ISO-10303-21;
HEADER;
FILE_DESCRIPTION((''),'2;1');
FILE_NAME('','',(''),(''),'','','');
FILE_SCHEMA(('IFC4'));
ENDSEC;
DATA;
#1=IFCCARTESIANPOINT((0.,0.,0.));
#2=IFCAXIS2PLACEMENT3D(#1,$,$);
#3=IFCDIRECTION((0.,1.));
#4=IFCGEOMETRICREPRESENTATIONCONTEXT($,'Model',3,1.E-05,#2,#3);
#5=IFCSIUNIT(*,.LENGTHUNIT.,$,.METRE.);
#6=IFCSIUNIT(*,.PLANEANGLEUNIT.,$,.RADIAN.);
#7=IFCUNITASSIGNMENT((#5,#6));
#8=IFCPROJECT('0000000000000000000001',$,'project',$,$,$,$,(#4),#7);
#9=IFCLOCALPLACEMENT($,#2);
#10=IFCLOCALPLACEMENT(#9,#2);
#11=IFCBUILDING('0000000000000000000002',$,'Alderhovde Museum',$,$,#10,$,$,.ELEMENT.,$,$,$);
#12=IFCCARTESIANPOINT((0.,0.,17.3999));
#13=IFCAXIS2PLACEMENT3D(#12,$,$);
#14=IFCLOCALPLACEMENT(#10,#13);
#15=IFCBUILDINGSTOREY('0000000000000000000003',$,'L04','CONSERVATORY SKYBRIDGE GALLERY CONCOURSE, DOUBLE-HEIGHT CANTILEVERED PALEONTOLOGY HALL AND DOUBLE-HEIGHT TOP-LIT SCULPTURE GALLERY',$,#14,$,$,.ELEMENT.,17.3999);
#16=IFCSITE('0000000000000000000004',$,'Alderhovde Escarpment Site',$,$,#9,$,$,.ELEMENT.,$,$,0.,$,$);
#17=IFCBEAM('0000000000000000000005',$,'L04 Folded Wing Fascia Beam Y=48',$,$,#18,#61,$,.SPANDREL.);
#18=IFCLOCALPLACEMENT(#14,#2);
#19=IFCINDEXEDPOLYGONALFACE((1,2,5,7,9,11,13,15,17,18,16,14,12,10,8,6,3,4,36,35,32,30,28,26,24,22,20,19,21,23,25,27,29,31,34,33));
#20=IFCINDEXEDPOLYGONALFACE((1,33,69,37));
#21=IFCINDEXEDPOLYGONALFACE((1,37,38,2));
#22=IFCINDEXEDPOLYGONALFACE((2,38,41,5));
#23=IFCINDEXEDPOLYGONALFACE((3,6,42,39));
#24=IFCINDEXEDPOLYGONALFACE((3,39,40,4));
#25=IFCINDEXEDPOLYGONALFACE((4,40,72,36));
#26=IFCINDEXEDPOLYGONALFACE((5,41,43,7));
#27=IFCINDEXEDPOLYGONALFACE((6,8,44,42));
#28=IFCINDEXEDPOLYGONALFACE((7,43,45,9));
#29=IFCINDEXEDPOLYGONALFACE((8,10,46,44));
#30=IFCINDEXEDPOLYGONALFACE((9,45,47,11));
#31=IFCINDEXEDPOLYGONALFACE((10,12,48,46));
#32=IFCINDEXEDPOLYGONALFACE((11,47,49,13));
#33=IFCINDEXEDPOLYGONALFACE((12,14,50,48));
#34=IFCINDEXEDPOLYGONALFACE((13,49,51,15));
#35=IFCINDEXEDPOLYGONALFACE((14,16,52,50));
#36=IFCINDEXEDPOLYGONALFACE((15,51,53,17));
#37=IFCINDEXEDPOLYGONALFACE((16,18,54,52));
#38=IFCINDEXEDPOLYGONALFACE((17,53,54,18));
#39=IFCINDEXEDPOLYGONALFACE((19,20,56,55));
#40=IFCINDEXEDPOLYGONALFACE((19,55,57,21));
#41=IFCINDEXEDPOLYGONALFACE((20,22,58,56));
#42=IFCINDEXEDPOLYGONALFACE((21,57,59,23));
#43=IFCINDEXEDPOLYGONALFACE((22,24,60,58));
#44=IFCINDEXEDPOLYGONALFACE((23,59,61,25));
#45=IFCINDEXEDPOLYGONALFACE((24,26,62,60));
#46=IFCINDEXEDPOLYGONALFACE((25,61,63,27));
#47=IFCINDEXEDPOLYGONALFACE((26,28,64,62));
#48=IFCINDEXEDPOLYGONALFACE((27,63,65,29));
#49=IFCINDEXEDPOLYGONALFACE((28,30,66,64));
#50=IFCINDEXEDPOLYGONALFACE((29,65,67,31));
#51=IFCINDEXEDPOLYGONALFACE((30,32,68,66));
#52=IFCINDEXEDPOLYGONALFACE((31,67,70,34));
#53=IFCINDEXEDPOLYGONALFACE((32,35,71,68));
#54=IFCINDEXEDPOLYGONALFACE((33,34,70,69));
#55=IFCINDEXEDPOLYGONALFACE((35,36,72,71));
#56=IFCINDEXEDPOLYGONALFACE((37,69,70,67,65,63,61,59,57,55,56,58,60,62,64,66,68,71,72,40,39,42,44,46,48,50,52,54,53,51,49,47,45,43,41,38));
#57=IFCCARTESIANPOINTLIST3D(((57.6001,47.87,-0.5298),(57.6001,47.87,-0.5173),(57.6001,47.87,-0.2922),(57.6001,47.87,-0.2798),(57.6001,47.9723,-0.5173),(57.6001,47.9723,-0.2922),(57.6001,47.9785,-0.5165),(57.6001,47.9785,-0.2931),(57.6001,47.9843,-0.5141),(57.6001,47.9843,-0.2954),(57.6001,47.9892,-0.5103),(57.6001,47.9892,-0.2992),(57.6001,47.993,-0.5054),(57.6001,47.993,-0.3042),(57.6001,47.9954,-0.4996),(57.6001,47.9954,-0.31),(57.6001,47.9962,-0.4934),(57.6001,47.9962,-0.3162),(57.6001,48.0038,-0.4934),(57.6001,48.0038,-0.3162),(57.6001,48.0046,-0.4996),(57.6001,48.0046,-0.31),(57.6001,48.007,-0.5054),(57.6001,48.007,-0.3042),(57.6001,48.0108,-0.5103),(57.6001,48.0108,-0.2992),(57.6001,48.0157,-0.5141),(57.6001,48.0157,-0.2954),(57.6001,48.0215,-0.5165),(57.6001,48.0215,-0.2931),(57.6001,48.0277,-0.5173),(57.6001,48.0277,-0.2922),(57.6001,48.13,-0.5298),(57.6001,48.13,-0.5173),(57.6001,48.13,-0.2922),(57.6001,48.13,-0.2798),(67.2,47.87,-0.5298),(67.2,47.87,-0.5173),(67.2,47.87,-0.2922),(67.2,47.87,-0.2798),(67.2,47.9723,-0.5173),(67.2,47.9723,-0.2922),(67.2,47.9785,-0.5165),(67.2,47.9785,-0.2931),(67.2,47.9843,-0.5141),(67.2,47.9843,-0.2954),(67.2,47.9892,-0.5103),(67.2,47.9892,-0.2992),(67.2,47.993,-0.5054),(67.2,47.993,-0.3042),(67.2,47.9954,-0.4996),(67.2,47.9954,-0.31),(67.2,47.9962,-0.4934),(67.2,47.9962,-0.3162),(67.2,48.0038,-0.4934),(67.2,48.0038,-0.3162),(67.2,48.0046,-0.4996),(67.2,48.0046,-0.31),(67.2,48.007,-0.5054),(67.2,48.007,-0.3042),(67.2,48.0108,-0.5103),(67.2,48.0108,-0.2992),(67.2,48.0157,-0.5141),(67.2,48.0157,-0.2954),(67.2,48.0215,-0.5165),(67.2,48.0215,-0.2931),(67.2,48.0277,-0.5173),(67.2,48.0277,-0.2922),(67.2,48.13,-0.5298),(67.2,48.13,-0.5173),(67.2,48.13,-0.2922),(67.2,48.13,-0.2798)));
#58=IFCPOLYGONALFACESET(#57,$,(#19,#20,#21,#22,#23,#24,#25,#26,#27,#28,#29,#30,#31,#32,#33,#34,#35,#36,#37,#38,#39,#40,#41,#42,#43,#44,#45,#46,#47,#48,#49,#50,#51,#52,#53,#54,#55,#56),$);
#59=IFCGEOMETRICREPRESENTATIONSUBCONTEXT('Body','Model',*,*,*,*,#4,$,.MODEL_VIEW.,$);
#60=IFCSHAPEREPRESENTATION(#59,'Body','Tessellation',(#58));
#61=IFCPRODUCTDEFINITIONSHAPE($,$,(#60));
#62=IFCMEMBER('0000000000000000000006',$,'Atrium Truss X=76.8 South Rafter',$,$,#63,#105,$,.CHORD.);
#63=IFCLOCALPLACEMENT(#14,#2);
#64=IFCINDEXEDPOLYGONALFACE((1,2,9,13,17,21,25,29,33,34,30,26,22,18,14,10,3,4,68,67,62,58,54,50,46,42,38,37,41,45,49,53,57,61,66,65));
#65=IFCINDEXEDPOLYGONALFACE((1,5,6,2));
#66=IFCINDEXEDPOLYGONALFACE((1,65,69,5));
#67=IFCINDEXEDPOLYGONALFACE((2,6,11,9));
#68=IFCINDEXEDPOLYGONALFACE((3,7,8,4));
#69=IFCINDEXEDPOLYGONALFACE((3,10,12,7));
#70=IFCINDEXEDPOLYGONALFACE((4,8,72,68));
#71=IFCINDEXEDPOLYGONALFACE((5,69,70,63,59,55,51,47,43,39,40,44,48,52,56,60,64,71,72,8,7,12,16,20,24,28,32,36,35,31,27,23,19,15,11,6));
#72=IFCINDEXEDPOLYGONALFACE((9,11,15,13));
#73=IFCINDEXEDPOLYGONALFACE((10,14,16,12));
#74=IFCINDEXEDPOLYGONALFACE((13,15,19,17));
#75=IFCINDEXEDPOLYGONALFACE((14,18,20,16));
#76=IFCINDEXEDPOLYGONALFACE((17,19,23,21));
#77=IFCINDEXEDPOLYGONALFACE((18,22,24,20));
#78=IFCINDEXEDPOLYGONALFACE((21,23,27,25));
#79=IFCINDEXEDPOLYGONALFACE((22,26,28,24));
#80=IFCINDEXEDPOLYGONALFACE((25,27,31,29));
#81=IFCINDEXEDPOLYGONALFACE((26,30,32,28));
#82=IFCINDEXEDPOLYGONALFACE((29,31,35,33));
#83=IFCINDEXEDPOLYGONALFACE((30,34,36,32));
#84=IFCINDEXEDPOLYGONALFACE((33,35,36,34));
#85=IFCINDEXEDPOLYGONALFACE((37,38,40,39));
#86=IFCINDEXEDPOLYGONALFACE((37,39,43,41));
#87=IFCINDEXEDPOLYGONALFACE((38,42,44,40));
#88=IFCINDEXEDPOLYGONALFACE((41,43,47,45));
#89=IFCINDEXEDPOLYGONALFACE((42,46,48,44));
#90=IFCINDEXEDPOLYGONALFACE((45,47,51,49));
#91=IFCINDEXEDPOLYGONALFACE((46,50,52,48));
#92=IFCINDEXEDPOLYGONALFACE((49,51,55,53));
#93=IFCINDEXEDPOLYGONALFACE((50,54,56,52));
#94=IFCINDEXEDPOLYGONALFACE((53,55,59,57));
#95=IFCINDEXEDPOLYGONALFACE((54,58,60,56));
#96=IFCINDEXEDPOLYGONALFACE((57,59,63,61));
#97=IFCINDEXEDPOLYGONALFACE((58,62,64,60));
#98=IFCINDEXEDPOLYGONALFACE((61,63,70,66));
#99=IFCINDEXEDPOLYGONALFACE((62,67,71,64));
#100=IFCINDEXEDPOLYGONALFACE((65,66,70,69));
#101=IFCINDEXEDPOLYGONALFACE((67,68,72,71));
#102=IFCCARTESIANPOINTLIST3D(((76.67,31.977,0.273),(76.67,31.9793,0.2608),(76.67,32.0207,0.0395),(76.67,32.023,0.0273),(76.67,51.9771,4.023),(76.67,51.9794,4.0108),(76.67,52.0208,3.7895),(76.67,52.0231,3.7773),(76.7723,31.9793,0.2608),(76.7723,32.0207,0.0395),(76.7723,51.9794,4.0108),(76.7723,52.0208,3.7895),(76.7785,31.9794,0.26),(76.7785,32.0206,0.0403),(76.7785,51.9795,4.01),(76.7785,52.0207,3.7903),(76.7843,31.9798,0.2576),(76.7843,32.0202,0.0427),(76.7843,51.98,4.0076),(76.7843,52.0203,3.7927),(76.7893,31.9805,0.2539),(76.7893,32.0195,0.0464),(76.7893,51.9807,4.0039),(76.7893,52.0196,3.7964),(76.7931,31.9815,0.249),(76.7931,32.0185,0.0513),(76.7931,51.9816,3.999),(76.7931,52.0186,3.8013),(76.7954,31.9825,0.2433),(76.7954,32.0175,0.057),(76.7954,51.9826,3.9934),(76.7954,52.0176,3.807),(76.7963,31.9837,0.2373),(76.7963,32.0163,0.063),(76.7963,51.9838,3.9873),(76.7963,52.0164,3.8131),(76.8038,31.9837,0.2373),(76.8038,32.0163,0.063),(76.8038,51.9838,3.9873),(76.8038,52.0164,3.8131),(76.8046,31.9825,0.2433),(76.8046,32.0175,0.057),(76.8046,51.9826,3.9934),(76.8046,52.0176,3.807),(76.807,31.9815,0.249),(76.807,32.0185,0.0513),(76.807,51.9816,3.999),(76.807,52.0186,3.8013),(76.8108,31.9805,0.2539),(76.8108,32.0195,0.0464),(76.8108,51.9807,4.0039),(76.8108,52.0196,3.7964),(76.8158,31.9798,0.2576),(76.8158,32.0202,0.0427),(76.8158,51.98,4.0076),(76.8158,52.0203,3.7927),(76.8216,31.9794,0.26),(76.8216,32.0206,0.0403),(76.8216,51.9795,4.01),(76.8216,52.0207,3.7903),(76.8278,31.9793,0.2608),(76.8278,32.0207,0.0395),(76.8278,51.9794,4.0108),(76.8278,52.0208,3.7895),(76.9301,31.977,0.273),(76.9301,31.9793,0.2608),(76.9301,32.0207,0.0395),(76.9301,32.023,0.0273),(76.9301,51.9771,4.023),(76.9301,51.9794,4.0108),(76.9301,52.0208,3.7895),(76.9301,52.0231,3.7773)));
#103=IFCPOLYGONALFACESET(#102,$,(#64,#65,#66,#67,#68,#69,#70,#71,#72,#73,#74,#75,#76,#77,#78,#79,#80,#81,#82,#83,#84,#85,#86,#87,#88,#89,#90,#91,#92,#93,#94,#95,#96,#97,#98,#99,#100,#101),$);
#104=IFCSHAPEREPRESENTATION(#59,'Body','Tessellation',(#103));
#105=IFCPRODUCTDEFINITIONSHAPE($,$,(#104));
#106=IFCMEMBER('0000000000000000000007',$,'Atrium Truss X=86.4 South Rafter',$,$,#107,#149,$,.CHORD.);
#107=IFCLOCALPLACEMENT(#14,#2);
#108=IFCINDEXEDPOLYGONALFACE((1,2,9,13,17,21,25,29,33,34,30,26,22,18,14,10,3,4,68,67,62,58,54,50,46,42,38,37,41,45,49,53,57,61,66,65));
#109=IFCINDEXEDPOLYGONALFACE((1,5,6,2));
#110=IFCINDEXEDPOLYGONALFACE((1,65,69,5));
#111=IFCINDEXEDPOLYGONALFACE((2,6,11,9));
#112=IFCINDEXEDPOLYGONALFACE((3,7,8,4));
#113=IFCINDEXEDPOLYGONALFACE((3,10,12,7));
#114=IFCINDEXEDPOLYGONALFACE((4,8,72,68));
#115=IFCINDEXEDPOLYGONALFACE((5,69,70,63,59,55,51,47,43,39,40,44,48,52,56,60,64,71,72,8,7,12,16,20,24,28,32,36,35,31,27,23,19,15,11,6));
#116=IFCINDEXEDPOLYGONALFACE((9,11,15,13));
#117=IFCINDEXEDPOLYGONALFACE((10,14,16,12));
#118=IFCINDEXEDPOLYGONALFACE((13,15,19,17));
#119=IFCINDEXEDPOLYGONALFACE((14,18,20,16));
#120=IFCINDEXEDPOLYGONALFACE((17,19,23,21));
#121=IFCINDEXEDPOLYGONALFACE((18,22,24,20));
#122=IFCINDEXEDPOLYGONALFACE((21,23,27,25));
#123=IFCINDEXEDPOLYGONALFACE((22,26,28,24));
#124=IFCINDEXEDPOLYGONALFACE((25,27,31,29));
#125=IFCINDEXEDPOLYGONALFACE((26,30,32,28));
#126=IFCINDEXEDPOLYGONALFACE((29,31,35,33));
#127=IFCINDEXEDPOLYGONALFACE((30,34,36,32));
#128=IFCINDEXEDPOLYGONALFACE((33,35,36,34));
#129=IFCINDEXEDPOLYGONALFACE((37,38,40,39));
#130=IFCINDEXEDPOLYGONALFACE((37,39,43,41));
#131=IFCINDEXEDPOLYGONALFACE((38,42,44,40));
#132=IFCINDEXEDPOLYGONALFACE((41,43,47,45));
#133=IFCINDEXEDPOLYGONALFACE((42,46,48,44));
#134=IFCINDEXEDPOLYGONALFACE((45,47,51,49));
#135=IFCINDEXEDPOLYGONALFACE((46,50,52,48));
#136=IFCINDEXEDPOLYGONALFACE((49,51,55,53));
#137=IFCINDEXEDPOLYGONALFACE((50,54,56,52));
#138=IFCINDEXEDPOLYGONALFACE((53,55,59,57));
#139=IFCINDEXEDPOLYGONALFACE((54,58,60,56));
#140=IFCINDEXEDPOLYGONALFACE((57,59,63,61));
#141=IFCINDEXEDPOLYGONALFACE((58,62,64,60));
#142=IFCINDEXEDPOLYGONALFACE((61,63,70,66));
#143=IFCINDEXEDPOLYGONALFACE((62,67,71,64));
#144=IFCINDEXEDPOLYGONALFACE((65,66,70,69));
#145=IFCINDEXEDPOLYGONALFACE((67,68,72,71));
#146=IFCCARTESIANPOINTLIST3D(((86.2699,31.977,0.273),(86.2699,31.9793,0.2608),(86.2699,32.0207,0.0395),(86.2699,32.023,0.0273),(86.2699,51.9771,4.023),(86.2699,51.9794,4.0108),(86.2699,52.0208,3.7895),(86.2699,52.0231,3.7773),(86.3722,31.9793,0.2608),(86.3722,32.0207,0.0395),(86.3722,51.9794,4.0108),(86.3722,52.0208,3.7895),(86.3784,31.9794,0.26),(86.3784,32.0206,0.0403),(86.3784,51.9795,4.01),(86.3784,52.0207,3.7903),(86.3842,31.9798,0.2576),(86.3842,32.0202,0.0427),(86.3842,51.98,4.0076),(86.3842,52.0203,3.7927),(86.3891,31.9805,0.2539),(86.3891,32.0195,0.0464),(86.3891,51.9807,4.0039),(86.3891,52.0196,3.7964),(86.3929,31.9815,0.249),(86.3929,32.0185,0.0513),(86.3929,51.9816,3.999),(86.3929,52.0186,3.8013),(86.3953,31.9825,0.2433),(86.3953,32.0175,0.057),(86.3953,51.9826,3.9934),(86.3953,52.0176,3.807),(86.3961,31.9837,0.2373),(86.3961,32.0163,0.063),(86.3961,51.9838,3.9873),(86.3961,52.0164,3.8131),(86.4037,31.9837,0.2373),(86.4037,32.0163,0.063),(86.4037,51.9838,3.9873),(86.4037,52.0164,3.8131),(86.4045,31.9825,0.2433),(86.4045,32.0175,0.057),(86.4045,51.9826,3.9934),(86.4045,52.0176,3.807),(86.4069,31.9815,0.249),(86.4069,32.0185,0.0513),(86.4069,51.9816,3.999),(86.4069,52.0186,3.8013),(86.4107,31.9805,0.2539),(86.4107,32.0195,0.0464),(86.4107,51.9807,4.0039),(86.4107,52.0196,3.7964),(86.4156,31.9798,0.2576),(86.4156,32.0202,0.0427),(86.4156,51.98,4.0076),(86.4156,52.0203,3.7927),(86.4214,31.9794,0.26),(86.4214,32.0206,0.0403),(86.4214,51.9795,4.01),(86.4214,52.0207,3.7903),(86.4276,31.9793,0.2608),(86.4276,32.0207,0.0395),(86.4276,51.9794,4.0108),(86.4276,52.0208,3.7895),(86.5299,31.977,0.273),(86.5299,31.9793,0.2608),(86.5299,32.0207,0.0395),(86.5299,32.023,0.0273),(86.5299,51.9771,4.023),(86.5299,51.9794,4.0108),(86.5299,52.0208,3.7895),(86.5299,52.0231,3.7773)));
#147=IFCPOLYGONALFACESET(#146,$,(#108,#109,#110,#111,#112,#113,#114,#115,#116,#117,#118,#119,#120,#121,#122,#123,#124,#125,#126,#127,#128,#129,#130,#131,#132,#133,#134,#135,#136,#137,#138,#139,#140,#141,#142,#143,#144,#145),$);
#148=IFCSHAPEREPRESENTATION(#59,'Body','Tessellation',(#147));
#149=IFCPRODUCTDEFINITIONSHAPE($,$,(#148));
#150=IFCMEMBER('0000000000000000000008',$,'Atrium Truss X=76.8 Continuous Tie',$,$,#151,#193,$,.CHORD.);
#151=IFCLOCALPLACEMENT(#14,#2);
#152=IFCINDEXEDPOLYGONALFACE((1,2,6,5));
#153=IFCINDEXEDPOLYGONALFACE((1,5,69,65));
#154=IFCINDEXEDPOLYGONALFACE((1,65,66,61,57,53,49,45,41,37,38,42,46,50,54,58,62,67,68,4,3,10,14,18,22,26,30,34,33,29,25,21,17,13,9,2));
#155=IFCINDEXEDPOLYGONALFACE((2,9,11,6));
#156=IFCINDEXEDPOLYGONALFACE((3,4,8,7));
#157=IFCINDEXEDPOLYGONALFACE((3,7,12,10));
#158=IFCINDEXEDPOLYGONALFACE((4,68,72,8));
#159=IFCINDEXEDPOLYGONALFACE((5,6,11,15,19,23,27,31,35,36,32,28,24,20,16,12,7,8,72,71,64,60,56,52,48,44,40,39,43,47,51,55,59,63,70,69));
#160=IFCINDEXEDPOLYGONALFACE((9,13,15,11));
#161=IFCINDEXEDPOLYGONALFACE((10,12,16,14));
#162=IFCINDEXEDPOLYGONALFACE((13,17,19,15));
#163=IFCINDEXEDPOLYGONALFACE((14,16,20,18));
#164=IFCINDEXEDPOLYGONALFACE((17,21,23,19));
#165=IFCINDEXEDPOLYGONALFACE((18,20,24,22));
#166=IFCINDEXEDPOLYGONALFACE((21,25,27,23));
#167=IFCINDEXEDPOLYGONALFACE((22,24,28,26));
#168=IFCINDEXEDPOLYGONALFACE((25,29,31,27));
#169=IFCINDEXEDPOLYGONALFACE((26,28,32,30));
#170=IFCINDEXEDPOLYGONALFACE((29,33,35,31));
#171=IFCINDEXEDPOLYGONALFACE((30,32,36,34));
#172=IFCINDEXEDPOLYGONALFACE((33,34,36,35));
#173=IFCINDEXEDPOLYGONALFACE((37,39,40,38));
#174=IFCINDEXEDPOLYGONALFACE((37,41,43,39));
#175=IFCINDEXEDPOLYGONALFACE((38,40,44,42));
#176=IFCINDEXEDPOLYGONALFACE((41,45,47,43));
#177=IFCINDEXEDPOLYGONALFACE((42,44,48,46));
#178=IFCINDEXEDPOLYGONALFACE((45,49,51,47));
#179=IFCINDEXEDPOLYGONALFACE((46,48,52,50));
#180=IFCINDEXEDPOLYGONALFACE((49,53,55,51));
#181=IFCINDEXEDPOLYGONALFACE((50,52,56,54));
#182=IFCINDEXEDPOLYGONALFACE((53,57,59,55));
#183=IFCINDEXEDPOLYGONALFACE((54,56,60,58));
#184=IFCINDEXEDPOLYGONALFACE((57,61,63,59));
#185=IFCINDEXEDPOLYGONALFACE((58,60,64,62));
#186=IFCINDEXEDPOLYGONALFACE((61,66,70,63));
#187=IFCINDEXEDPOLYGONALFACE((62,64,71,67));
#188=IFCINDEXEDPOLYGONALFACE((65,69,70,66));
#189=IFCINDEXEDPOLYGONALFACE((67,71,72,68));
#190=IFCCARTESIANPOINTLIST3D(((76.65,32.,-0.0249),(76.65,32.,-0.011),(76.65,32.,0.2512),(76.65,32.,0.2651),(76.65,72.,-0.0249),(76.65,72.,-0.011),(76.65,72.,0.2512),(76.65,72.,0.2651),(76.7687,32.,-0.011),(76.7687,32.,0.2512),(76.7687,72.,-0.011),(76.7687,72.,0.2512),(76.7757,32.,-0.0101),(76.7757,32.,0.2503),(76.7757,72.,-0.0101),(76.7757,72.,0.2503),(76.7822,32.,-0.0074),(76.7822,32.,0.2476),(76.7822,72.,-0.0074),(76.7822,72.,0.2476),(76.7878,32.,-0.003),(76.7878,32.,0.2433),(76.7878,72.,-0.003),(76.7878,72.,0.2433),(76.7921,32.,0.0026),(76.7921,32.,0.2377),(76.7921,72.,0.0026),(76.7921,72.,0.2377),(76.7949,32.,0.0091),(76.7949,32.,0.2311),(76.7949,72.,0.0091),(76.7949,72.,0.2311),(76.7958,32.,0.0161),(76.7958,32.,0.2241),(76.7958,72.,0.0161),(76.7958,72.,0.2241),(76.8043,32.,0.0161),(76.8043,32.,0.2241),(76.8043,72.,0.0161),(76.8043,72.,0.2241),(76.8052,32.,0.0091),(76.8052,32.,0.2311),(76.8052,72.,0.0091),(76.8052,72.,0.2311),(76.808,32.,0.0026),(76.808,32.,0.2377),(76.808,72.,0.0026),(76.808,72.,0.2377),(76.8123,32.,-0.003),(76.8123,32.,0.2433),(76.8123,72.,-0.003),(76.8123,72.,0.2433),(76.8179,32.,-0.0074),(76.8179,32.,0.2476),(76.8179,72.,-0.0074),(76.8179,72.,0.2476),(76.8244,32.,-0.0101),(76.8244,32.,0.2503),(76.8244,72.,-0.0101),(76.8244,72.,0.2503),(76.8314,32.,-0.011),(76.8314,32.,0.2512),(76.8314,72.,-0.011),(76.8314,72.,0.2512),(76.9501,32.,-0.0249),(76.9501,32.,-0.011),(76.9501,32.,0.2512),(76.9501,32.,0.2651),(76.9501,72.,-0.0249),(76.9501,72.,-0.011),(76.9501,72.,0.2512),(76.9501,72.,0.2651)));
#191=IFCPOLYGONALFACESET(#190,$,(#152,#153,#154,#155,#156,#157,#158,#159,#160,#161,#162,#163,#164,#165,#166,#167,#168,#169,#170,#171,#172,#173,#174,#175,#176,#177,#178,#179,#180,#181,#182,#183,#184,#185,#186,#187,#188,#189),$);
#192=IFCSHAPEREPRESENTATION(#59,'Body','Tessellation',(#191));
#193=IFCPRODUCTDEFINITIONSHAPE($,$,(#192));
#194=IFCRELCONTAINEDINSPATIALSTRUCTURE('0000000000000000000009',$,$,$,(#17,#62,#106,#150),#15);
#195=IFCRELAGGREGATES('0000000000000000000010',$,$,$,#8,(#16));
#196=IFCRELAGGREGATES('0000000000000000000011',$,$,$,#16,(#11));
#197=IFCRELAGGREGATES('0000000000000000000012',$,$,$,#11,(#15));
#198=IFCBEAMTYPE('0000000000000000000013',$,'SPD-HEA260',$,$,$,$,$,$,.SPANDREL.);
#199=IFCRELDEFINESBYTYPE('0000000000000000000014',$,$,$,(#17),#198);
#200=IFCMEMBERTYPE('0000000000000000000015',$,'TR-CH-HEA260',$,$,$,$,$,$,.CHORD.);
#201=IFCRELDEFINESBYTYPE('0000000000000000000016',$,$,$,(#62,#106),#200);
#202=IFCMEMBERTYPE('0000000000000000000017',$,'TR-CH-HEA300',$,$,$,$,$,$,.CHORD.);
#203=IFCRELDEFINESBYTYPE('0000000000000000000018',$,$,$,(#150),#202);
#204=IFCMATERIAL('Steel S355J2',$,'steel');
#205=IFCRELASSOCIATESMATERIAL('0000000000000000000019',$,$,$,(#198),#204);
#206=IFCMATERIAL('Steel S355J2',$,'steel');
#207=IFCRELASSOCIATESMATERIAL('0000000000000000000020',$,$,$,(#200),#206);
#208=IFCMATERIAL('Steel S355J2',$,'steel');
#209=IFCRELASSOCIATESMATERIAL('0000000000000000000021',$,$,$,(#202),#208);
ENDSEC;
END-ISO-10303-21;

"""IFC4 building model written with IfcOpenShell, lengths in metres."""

from ifc_helpers import new_model, si_unit, direction, frame, origin, origin_2d, place, context, subcontext, project, spatial, i_section, extrude, material, material_profile, profile_set, type_object, element, save


model = new_model("IFC4")

# Units and contexts
model_context = context("Model", 3, precision=1e-05, world=origin(), true_north=direction((0.0, 1.0)))
body_context = subcontext(model_context, "Body", "Model", "MODEL_VIEW")
ifc_project = project(units=[si_unit("LENGTHUNIT", "METRE"), si_unit("PLANEANGLEUNIT", "RADIAN")], contexts=[model_context])

# Site, building, storey
site_placement = place(None, origin())
site = spatial("IfcSite", under=ifc_project, at=site_placement, Name="Alderhovde Escarpment Site", CompositionType="ELEMENT", RefElevation=0.0)
building_placement = place(site_placement, origin())
building = spatial("IfcBuilding", under=site, at=building_placement, Name="Alderhovde Museum", CompositionType="ELEMENT")
storey_placement = place(building_placement, frame((0.0, 0.0, 17.3999)))
storey = spatial("IfcBuildingStorey", under=building, at=storey_placement, Name="L04", Description="CONSERVATORY SKYBRIDGE GALLERY CONCOURSE, DOUBLE-HEIGHT CANTILEVERED PALEONTOLOGY HALL AND DOUBLE-HEIGHT TOP-LIT SCULPTURE GALLERY", CompositionType="ELEMENT", Elevation=17.3999)

# Beam
ifc_material_1 = material(Name="Steel S355J2", Category="steel")
ifc_material_profile_1 = material_profile(ifc_material_1, i_section(OverallWidth=0.26, OverallDepth=0.25, WebThickness=0.0076, FlangeThickness=0.0125, FilletRadius=0.0239, at=origin_2d()), Name="HEA 260")
ifc_profile_set_1 = profile_set([ifc_material_profile_1], Name="Steel S355J2")
beam_type = type_object("IfcBeamType", Name="SPD-HEA260", PredefinedType="SPANDREL", material=ifc_profile_set_1)
beam_placement = place(storey_placement, frame((57.6001, 48.0, -0.4048), z_axis=(1.0, 0.0, 0.0), x_axis=(0.0, 1.0, 0.0)))
element("IfcBeam", 1, at=beam_placement, inside=storey, type_object=beam_type, Name="L04 Folded Wing Fascia Beam Y=48", PredefinedType="SPANDREL", context=body_context, shape_type="SweptSolid", body=[
    extrude(i_section(OverallWidth=0.26, OverallDepth=0.25, WebThickness=0.0076, FlangeThickness=0.0125, FilletRadius=0.0239, at=origin_2d()), origin(), (0.0, 0.0, 1.0), 9.5999),
])

# Members
ifc_material_2 = material(Name="Steel S355J2", Category="steel")
ifc_material_profile_2 = material_profile(ifc_material_2, i_section(OverallWidth=0.26, OverallDepth=0.25, WebThickness=0.0076, FlangeThickness=0.0125, FilletRadius=0.0239, at=origin_2d()), Name="HEA 260")
ifc_profile_set_2 = profile_set([ifc_material_profile_2], Name="Steel S355J2")
member_type_1 = type_object("IfcMemberType", Name="TR-CH-HEA260", PredefinedType="CHORD", material=ifc_profile_set_2)
for number, where, z_axis, x_axis, name in (
    (2, (76.8, 32.0, 0.1501), (0.0, 0.982872, 0.184289), (-1.0, 0.0, 0.0), "Atrium Truss X=76.8 South Rafter"),
    (3, (86.3999, 32.0, 0.1501), (0.0, 0.982872, 0.184289), (-1.0, 0.0, 0.0), "Atrium Truss X=86.4 South Rafter"),
):
    element("IfcMember", number, at=place(storey_placement, frame(where, z_axis=z_axis, x_axis=x_axis)), inside=storey, type_object=member_type_1, Name=name, PredefinedType="CHORD", context=body_context, shape_type="SweptSolid", body=[
        extrude(i_section(OverallWidth=0.26, OverallDepth=0.25, WebThickness=0.0076, FlangeThickness=0.0125, FilletRadius=0.0239, at=origin_2d()), origin(), (0.0, 0.0, 1.0), 20.3486),
    ])
ifc_material_3 = material(Name="Steel S355J2", Category="steel")
ifc_material_profile_3 = material_profile(ifc_material_3, i_section(OverallWidth=0.3, OverallDepth=0.29, WebThickness=0.0085, FlangeThickness=0.0139, FilletRadius=0.0271, at=origin_2d()), Name="HEA 300")
ifc_profile_set_3 = profile_set([ifc_material_profile_3], Name="Steel S355J2")
member_type_2 = type_object("IfcMemberType", Name="TR-CH-HEA300", PredefinedType="CHORD", material=ifc_profile_set_3)
for number, where, z_axis, x_axis, name in (
    (4, (76.8, 32.0, 0.1201), (0.0, 1.0, 0.0), (-1.0, 0.0, 0.0), "Atrium Truss X=76.8 Continuous Tie"),
):
    element("IfcMember", number, at=place(storey_placement, frame(where, z_axis=z_axis, x_axis=x_axis)), inside=storey, type_object=member_type_2, Name=name, PredefinedType="CHORD", context=body_context, shape_type="SweptSolid", body=[
        extrude(i_section(OverallWidth=0.3, OverallDepth=0.29, WebThickness=0.0085, FlangeThickness=0.0139, FilletRadius=0.0271, at=origin_2d()), origin(), (0.0, 0.0, 1.0), 40.0),
    ])

save(model, "model.ifc")
